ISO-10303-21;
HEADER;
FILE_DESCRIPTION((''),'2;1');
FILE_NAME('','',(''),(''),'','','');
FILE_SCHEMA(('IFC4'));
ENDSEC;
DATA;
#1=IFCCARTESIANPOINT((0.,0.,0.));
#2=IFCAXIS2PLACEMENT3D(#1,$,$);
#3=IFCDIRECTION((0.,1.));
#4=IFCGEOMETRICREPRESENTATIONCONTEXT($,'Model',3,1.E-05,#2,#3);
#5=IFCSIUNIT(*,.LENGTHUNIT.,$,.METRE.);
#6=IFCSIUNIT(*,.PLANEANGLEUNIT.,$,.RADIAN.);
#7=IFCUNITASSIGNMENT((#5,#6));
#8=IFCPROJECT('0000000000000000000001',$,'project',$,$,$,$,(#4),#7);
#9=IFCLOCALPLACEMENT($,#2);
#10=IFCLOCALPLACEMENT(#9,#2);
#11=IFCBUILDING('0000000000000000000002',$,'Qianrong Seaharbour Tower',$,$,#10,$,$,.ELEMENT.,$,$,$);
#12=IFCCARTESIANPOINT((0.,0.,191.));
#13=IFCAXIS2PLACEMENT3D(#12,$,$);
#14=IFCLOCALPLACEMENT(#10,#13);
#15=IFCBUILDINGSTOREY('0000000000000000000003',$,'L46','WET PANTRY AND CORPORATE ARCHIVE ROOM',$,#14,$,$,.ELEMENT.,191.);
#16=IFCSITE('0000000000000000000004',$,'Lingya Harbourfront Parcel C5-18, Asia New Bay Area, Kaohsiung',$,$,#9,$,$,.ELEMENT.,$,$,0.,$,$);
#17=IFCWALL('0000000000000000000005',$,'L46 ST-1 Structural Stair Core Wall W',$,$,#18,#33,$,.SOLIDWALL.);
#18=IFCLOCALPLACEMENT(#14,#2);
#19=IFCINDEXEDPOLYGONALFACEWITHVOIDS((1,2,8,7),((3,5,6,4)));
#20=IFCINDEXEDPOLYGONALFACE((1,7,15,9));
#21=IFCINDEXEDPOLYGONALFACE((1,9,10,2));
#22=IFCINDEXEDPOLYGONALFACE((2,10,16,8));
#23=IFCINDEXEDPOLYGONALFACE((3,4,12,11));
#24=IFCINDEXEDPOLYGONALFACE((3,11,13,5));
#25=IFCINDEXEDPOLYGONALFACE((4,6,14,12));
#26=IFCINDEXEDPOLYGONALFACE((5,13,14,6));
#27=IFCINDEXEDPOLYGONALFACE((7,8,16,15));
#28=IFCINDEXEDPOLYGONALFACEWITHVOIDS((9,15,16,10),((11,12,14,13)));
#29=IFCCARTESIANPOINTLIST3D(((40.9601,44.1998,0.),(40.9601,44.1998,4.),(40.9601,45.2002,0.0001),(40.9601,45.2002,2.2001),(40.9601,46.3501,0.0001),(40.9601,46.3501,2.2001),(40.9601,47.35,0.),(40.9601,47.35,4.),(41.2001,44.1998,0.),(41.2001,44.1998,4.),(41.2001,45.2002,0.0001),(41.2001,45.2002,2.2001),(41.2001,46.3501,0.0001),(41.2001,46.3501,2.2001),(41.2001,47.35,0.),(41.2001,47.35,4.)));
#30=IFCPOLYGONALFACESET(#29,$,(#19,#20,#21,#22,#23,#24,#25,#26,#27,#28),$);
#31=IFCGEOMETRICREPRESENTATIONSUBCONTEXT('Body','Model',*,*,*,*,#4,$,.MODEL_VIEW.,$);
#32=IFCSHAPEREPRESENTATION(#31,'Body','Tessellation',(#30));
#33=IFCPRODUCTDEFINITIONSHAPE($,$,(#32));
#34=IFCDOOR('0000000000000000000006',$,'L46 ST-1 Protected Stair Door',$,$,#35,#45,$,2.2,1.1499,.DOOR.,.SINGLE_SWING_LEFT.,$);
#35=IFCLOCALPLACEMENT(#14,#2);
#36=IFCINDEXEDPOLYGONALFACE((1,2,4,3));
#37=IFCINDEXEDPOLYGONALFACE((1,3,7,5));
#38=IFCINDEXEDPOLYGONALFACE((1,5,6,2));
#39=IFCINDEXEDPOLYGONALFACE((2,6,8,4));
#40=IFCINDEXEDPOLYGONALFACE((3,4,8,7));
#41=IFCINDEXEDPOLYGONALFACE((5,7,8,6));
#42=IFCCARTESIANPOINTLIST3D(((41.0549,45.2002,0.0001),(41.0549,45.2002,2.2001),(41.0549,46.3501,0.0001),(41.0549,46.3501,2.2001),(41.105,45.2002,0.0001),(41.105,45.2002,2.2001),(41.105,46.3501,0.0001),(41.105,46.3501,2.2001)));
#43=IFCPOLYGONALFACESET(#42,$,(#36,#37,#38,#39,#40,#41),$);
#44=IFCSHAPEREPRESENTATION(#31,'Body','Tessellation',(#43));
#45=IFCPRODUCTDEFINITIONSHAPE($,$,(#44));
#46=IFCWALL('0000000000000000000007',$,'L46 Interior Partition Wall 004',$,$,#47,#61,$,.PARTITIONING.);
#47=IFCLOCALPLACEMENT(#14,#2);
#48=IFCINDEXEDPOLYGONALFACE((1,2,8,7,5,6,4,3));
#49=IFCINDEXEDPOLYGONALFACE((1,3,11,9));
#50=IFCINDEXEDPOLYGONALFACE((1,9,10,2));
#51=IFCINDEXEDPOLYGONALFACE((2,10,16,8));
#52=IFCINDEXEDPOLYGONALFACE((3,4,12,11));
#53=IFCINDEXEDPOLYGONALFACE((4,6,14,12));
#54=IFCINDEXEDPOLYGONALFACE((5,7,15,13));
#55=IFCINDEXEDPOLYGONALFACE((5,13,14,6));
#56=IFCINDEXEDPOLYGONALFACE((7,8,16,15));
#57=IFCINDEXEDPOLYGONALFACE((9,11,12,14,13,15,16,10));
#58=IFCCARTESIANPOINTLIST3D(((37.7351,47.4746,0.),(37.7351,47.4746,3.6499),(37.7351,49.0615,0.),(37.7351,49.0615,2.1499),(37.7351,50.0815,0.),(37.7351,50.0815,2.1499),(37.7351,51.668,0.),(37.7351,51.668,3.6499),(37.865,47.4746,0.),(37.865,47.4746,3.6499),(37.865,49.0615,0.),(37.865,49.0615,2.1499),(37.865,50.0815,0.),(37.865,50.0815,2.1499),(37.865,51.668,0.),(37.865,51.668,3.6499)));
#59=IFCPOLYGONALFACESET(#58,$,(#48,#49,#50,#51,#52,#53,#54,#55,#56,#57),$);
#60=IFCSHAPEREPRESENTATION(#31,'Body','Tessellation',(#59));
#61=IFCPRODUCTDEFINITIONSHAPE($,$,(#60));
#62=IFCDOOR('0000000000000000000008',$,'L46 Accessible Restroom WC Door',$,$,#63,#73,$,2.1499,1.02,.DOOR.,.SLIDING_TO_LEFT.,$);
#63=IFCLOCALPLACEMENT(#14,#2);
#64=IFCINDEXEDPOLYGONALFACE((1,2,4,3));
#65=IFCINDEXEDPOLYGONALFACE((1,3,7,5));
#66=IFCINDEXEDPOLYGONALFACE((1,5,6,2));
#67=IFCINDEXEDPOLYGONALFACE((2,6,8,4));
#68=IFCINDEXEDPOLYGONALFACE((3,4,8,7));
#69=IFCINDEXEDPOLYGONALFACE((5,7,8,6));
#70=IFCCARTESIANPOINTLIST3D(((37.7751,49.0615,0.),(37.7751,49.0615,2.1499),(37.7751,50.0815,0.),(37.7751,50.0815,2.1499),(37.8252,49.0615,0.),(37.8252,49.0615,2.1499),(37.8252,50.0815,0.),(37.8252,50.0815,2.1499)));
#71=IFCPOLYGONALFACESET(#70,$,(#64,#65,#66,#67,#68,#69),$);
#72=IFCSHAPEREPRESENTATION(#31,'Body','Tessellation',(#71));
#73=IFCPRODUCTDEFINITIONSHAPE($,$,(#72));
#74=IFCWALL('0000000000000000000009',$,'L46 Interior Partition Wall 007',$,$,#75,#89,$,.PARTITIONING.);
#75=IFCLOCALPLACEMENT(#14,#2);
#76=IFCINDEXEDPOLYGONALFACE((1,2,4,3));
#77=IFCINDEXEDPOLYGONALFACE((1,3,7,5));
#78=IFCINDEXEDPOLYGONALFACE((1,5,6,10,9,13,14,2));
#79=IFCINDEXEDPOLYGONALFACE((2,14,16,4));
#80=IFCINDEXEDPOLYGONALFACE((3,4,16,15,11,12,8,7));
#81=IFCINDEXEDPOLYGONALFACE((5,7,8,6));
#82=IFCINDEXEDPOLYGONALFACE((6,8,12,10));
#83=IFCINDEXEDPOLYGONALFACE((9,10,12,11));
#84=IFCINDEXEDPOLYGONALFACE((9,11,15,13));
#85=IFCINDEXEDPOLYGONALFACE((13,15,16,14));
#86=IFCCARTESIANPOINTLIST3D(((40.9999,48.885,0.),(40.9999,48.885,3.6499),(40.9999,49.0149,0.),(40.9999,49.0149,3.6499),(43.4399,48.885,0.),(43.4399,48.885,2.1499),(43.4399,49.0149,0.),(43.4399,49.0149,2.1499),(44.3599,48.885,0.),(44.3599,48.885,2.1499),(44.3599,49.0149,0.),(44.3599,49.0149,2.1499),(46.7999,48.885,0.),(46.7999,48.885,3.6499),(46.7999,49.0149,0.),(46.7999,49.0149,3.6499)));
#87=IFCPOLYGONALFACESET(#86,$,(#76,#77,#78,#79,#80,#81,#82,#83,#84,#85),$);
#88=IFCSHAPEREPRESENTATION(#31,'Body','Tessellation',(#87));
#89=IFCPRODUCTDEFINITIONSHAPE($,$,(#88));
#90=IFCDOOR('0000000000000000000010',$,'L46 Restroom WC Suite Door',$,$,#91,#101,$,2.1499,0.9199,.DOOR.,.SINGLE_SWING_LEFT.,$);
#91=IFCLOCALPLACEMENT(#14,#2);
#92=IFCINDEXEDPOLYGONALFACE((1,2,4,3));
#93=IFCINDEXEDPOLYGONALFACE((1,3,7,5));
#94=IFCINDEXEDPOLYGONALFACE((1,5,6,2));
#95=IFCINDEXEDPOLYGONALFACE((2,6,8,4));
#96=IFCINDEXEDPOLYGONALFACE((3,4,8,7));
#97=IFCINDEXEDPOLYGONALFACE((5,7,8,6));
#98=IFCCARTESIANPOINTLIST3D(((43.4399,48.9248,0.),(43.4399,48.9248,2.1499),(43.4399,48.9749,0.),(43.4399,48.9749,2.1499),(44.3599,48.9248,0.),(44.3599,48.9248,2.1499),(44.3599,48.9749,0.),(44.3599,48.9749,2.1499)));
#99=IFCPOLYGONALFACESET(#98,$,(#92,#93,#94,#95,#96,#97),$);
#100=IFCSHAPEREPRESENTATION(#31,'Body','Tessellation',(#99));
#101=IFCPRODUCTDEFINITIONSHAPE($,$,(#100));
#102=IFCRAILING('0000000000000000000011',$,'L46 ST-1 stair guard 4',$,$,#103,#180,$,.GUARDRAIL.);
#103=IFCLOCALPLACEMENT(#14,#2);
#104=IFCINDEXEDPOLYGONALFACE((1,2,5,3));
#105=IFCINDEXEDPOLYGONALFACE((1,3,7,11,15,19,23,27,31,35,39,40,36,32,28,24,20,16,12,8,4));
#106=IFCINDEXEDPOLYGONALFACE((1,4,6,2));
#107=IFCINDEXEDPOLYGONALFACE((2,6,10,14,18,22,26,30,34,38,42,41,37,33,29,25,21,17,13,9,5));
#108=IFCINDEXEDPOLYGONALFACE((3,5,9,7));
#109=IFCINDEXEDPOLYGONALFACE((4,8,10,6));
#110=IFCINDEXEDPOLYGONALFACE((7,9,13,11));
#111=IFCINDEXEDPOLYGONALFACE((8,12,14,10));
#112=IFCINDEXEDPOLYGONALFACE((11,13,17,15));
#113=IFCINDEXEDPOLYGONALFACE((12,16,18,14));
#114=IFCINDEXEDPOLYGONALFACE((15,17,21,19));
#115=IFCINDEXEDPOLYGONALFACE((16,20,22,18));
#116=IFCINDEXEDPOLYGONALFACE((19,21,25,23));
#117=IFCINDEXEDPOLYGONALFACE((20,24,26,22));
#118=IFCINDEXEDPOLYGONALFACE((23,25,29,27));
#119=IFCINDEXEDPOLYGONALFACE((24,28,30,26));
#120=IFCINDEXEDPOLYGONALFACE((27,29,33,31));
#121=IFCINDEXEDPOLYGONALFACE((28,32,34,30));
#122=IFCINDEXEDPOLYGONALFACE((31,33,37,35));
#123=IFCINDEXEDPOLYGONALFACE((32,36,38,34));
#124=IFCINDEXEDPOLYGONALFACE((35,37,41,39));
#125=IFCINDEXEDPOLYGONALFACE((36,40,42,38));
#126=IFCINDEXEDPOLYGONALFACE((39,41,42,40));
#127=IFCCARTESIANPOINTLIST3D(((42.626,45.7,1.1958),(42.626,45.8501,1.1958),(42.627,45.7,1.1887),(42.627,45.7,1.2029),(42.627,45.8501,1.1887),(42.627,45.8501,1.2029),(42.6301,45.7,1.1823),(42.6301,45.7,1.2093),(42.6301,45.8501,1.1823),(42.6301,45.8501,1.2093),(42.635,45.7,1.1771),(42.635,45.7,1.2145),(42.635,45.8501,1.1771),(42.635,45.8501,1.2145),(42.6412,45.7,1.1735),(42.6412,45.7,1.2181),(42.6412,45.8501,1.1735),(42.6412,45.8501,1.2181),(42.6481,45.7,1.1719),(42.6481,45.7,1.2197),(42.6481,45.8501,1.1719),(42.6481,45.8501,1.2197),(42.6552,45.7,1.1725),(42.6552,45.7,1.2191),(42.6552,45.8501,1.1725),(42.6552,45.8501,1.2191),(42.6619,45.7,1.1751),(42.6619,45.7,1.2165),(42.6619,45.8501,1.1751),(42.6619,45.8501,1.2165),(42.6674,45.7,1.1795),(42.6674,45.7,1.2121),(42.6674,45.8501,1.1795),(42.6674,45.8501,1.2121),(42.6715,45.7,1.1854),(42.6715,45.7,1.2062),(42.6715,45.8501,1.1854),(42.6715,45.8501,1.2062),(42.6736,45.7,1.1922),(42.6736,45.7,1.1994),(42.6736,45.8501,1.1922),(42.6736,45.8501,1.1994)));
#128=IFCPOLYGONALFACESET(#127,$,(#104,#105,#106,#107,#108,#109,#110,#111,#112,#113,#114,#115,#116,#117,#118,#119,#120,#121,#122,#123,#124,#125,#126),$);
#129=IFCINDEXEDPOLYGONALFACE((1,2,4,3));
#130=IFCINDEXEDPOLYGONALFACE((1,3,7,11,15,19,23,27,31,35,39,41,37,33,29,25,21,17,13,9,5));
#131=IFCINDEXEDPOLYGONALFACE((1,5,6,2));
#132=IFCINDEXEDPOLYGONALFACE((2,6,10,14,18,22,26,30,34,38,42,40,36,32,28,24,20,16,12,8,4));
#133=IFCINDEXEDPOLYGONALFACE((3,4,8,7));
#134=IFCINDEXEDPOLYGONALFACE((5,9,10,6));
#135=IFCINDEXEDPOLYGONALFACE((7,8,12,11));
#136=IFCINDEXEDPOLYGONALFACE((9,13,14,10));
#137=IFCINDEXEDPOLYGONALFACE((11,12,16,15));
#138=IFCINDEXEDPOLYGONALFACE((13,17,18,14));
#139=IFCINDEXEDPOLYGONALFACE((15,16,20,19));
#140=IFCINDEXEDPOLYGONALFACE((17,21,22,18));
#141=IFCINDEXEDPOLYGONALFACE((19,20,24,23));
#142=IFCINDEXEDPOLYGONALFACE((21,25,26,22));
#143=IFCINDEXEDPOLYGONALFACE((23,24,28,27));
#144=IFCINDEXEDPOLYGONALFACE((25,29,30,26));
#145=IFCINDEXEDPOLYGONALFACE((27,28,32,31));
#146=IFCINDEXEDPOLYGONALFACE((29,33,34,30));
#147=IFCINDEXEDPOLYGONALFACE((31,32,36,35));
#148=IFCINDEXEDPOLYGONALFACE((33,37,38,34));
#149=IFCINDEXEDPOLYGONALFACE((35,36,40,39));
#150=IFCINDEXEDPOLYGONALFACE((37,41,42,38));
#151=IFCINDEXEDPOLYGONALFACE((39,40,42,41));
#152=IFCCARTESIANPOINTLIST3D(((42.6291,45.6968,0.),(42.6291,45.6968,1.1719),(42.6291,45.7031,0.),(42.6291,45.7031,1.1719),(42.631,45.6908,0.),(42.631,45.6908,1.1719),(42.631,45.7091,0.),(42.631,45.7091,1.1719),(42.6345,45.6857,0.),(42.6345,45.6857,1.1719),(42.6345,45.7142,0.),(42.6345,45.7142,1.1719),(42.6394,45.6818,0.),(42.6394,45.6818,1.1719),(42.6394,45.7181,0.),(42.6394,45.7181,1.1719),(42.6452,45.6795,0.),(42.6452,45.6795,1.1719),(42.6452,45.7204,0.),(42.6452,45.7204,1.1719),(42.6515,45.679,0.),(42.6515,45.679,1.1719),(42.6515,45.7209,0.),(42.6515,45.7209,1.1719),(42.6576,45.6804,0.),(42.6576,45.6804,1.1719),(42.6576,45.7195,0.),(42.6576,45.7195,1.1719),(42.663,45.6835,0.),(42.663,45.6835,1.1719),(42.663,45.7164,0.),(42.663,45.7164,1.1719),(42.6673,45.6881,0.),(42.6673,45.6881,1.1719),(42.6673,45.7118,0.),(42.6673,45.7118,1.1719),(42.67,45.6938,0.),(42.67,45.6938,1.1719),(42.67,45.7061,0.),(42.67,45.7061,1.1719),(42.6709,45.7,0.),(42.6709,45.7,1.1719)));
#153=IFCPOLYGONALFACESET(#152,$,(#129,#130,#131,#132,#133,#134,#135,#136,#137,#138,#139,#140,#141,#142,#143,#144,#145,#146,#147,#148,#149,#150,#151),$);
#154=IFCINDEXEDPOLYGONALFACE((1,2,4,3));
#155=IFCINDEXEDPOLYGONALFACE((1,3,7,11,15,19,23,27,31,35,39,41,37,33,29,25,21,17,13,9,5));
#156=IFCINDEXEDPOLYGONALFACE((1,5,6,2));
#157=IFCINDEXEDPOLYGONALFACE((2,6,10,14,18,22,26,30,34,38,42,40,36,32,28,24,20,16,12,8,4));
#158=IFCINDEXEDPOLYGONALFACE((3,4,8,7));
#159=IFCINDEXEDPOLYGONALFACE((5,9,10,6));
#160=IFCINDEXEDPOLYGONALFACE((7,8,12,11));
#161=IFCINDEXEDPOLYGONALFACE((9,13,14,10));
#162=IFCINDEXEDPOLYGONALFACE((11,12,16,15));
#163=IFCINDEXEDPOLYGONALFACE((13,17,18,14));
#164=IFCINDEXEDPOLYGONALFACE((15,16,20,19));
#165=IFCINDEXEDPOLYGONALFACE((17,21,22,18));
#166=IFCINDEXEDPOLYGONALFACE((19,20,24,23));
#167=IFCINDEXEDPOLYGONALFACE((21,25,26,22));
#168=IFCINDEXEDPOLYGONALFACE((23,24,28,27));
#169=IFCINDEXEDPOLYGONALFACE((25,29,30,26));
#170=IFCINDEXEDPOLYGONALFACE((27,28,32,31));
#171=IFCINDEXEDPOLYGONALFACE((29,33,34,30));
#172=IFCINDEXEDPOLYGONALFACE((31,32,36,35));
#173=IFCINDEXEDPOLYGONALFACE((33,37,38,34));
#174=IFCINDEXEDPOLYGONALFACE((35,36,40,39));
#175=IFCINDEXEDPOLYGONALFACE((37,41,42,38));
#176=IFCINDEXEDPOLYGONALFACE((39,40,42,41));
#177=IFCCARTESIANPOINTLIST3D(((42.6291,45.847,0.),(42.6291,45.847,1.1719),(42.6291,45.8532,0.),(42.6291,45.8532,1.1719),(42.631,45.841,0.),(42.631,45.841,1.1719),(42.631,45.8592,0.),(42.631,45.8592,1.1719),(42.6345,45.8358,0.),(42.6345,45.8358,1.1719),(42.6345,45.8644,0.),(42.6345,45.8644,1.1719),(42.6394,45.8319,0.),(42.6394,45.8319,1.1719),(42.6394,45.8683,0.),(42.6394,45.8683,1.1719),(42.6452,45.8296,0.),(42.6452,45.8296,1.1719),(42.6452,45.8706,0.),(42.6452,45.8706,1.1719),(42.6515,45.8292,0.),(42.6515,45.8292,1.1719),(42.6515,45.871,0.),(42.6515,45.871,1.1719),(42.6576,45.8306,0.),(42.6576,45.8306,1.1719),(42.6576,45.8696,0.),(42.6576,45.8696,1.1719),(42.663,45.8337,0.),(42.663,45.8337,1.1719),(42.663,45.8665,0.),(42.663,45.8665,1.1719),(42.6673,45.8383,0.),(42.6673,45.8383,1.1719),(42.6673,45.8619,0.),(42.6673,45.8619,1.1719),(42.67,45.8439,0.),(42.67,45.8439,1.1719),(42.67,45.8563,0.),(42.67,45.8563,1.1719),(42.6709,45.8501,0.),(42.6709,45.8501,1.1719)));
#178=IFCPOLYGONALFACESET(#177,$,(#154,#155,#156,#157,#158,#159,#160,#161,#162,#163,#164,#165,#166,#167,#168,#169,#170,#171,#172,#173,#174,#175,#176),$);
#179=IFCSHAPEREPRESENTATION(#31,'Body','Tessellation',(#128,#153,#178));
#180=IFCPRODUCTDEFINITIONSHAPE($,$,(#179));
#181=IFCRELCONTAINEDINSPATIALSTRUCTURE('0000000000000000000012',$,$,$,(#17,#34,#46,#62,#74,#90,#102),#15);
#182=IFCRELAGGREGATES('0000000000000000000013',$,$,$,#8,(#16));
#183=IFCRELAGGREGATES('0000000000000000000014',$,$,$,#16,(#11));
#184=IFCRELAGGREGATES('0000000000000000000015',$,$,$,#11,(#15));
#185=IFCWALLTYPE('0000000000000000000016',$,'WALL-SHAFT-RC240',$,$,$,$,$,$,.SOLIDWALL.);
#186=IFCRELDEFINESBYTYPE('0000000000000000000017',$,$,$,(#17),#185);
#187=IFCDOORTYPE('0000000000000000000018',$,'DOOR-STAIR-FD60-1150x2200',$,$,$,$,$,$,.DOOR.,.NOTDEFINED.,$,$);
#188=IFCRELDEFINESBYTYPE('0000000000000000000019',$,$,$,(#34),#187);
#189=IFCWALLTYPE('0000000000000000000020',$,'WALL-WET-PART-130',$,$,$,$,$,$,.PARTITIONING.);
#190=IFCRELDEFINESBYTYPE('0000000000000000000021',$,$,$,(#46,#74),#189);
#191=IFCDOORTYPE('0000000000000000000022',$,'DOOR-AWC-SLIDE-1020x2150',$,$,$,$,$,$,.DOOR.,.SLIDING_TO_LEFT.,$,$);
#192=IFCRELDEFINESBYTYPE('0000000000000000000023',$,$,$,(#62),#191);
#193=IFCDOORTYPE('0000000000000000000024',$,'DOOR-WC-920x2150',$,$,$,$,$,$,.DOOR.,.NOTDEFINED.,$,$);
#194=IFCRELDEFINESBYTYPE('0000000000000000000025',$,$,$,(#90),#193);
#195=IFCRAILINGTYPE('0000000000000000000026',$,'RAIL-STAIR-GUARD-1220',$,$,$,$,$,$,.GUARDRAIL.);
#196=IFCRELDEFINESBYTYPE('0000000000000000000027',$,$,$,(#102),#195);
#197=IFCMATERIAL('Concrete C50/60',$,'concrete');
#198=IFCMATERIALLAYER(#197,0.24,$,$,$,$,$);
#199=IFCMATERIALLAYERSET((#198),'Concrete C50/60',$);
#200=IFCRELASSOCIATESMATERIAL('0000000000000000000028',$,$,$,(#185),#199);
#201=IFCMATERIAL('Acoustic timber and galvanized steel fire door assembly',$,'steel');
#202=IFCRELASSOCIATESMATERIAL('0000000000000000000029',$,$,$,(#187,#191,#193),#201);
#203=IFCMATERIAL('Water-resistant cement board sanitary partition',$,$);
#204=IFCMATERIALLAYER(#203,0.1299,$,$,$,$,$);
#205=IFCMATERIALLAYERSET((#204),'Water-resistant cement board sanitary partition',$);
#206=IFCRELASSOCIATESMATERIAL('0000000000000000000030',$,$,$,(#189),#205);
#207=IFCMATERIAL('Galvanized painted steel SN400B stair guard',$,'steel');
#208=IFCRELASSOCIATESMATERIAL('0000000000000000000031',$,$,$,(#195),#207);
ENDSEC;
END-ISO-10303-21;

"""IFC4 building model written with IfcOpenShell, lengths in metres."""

from ifc_helpers import new_model, si_unit, direction, frame, frame_2d, origin, origin_2d, place, context, subcontext, project, spatial, rectangle, circle, extrude, material, layer, layer_set, type_object, element, fill, save


model = new_model("IFC4")

# Units and contexts
model_context = context("Model", 3, precision=1e-05, world=origin(), true_north=direction((0.0, 1.0)))
body_context = subcontext(model_context, "Body", "Model", "MODEL_VIEW")
ifc_project = project(units=[si_unit("LENGTHUNIT", "METRE"), si_unit("PLANEANGLEUNIT", "RADIAN")], contexts=[model_context])

# Site, building, storey
site_placement = place(None, origin())
site = spatial("IfcSite", under=ifc_project, at=site_placement, Name="Lingya Harbourfront Parcel C5-18, Asia New Bay Area, Kaohsiung", CompositionType="ELEMENT", RefElevation=0.0)
building_placement = place(site_placement, origin())
building = spatial("IfcBuilding", under=site, at=building_placement, Name="Qianrong Seaharbour Tower", CompositionType="ELEMENT")
storey_placement = place(building_placement, frame((0.0, 0.0, 191.0)))
storey = spatial("IfcBuildingStorey", under=building, at=storey_placement, Name="L46", Description="WET PANTRY AND CORPORATE ARCHIVE ROOM", CompositionType="ELEMENT", Elevation=191.0)

# Shared definitions
ifc_material_1 = material(Name="Acoustic timber and galvanized steel fire door assembly", Category="steel")

# Shared definitions
ifc_material_2 = material(Name="Concrete C50/60", Category="concrete")
ifc_layer_1 = layer(ifc_material_2, 0.24)
ifc_layer_set_1 = layer_set([ifc_layer_1], Name="Concrete C50/60")
wall_type_1 = type_object("IfcWallType", Name="WALL-SHAFT-RC240", PredefinedType="SOLIDWALL", material=ifc_layer_set_1)

# Walls, openings, doors
wall_1_placement = place(storey_placement, frame((41.0801, 47.3501, 0.0), z_axis=(0.0, 0.0, 1.0), x_axis=(0.0, -1.0, 0.0)))
wall_1 = element("IfcWall", 1, at=wall_1_placement, inside=storey, type_object=wall_type_1, Name="L46 ST-1 Structural Stair Core Wall W", PredefinedType="SOLIDWALL", context=body_context, shape_type="SweptSolid", body=[
    extrude(rectangle(XDim=3.1501, YDim=0.24, at=frame_2d((1.5752, 0.0))), origin(), (0.0, 0.0, 1.0), 4.0),
])
opening_1_placement = place(wall_1_placement, frame((1.0, 0.0, 0.0)))
opening_1 = element("IfcOpeningElement", 2, at=opening_1_placement, cuts=wall_1, PredefinedType="OPENING", context=body_context, shape_type="SweptSolid", body=[
    extrude(rectangle(XDim=1.1499, YDim=2.2, at=frame_2d((0.575, 1.1001))), frame((0.0, 0.1299, 0.0), z_axis=(0.0, -1.0, 0.0), x_axis=(1.0, 0.0, 0.0)), (0.0, 0.0, 1.0), 0.26),
])
door_type_1 = type_object("IfcDoorType", Name="DOOR-STAIR-FD60-1150x2200", OperationType="NOTDEFINED", PredefinedType="DOOR", material=ifc_material_1)
door_1_placement = place(opening_1_placement, origin())
door_1 = element("IfcDoor", 3, at=door_1_placement, inside=storey, type_object=door_type_1, Name="L46 ST-1 Protected Stair Door", OperationType="SINGLE_SWING_LEFT", OverallHeight=2.2, OverallWidth=1.1499, PredefinedType="DOOR", context=body_context, shape_type="SweptSolid", body=[
    extrude(rectangle(XDim=1.1499, YDim=2.2, at=frame_2d((0.575, 1.1001))), frame((0.0, 0.0249, 0.0), z_axis=(0.0, -1.0, 0.0), x_axis=(1.0, 0.0, 0.0)), (0.0, 0.0, 1.0), 0.05),
])
fill(opening_1, door_1)
ifc_material_3 = material(Name="Water-resistant cement board sanitary partition")
ifc_layer_2 = layer(ifc_material_3, 0.1299)
ifc_layer_set_2 = layer_set([ifc_layer_2], Name="Water-resistant cement board sanitary partition")
wall_type_2 = type_object("IfcWallType", Name="WALL-WET-PART-130", PredefinedType="PARTITIONING", material=ifc_layer_set_2)
wall_2_placement = place(storey_placement, frame((37.8, 47.4746, 0.0), z_axis=(0.0, 0.0, 1.0), x_axis=(0.0, 1.0, 0.0)))
wall_2 = element("IfcWall", 4, at=wall_2_placement, inside=storey, type_object=wall_type_2, Name="L46 Interior Partition Wall 004", PredefinedType="PARTITIONING", context=body_context, shape_type="SweptSolid", body=[
    extrude(rectangle(XDim=4.1934, YDim=0.1299, at=frame_2d((2.0967, 0.0))), origin(), (0.0, 0.0, 1.0), 3.6499),
])
opening_2_placement = place(wall_2_placement, frame((1.5869, 0.0, 0.0)))
opening_2 = element("IfcOpeningElement", 5, at=opening_2_placement, cuts=wall_2, PredefinedType="OPENING", context=body_context, shape_type="SweptSolid", body=[
    extrude(rectangle(XDim=1.02, YDim=2.1499, at=frame_2d((0.51, 1.075))), frame((0.0, 0.075, 0.0), z_axis=(0.0, -1.0, 0.0), x_axis=(1.0, 0.0, 0.0)), (0.0, 0.0, 1.0), 0.1499),
])
door_type_2 = type_object("IfcDoorType", Name="DOOR-AWC-SLIDE-1020x2150", OperationType="SLIDING_TO_LEFT", PredefinedType="DOOR", material=ifc_material_1)
door_2_placement = place(opening_2_placement, origin())
door_2 = element("IfcDoor", 6, at=door_2_placement, inside=storey, type_object=door_type_2, Name="L46 Accessible Restroom WC Door", OperationType="SLIDING_TO_LEFT", OverallHeight=2.1499, OverallWidth=1.02, PredefinedType="DOOR", context=body_context, shape_type="SweptSolid", body=[
    extrude(rectangle(XDim=1.02, YDim=2.1499, at=frame_2d((0.51, 1.075))), frame((0.0, 0.0249, 0.0), z_axis=(0.0, -1.0, 0.0), x_axis=(1.0, 0.0, 0.0)), (0.0, 0.0, 1.0), 0.05),
])
fill(opening_2, door_2)
wall_3_placement = place(storey_placement, frame((41.0, 48.95, 0.0), z_axis=(0.0, 0.0, 1.0), x_axis=(1.0, 0.0, 0.0)))
wall_3 = element("IfcWall", 7, at=wall_3_placement, inside=storey, type_object=wall_type_2, Name="L46 Interior Partition Wall 007", PredefinedType="PARTITIONING", context=body_context, shape_type="SweptSolid", body=[
    extrude(rectangle(XDim=5.8, YDim=0.1299, at=frame_2d((2.8999, 0.0))), origin(), (0.0, 0.0, 1.0), 3.6499),
])
opening_3_placement = place(wall_3_placement, frame((2.4399, 0.0, 0.0)))
opening_3 = element("IfcOpeningElement", 8, at=opening_3_placement, cuts=wall_3, PredefinedType="OPENING", context=body_context, shape_type="SweptSolid", body=[
    extrude(rectangle(XDim=0.9199, YDim=2.1499, at=frame_2d((0.46, 1.075))), frame((0.0, 0.075, 0.0), z_axis=(0.0, -1.0, 0.0), x_axis=(1.0, 0.0, 0.0)), (0.0, 0.0, 1.0), 0.1499),
])
door_type_3 = type_object("IfcDoorType", Name="DOOR-WC-920x2150", OperationType="NOTDEFINED", PredefinedType="DOOR", material=ifc_material_1)
door_3_placement = place(opening_3_placement, origin())
door_3 = element("IfcDoor", 9, at=door_3_placement, inside=storey, type_object=door_type_3, Name="L46 Restroom WC Suite Door", OperationType="SINGLE_SWING_LEFT", OverallHeight=2.1499, OverallWidth=0.9199, PredefinedType="DOOR", context=body_context, shape_type="SweptSolid", body=[
    extrude(rectangle(XDim=0.9199, YDim=2.1499, at=frame_2d((0.46, 1.075))), frame((0.0, 0.0249, 0.0), z_axis=(0.0, -1.0, 0.0), x_axis=(1.0, 0.0, 0.0)), (0.0, 0.0, 1.0), 0.05),
])
fill(opening_3, door_3)

# Railing
ifc_material_4 = material(Name="Galvanized painted steel SN400B stair guard", Category="steel")
railing_type = type_object("IfcRailingType", Name="RAIL-STAIR-GUARD-1220", PredefinedType="GUARDRAIL", material=ifc_material_4)
railing_placement = place(storey_placement, frame((42.6499, 45.7, 0.0)))
element("IfcRailing", 10, at=railing_placement, inside=storey, type_object=railing_type, Name="L46 ST-1 stair guard 4", PredefinedType="GUARDRAIL", context=body_context, shape_type="SweptSolid", body=[
    extrude(circle(Radius=0.0239, at=origin_2d()), frame((0.0, 0.0, 1.1958), z_axis=(0.0, 1.0, 0.0), x_axis=(-1.0, 0.0, 0.0)), (0.0, 0.0, 1.0), 0.1501),
    extrude(circle(Radius=0.021, at=origin_2d()), origin(), (0.0, 0.0, 1.0), 1.1719),
    extrude(circle(Radius=0.021, at=origin_2d()), frame((0.0, 0.1501, 0.0)), (0.0, 0.0, 1.0), 1.1719),
])

save(model, "model.ifc")
